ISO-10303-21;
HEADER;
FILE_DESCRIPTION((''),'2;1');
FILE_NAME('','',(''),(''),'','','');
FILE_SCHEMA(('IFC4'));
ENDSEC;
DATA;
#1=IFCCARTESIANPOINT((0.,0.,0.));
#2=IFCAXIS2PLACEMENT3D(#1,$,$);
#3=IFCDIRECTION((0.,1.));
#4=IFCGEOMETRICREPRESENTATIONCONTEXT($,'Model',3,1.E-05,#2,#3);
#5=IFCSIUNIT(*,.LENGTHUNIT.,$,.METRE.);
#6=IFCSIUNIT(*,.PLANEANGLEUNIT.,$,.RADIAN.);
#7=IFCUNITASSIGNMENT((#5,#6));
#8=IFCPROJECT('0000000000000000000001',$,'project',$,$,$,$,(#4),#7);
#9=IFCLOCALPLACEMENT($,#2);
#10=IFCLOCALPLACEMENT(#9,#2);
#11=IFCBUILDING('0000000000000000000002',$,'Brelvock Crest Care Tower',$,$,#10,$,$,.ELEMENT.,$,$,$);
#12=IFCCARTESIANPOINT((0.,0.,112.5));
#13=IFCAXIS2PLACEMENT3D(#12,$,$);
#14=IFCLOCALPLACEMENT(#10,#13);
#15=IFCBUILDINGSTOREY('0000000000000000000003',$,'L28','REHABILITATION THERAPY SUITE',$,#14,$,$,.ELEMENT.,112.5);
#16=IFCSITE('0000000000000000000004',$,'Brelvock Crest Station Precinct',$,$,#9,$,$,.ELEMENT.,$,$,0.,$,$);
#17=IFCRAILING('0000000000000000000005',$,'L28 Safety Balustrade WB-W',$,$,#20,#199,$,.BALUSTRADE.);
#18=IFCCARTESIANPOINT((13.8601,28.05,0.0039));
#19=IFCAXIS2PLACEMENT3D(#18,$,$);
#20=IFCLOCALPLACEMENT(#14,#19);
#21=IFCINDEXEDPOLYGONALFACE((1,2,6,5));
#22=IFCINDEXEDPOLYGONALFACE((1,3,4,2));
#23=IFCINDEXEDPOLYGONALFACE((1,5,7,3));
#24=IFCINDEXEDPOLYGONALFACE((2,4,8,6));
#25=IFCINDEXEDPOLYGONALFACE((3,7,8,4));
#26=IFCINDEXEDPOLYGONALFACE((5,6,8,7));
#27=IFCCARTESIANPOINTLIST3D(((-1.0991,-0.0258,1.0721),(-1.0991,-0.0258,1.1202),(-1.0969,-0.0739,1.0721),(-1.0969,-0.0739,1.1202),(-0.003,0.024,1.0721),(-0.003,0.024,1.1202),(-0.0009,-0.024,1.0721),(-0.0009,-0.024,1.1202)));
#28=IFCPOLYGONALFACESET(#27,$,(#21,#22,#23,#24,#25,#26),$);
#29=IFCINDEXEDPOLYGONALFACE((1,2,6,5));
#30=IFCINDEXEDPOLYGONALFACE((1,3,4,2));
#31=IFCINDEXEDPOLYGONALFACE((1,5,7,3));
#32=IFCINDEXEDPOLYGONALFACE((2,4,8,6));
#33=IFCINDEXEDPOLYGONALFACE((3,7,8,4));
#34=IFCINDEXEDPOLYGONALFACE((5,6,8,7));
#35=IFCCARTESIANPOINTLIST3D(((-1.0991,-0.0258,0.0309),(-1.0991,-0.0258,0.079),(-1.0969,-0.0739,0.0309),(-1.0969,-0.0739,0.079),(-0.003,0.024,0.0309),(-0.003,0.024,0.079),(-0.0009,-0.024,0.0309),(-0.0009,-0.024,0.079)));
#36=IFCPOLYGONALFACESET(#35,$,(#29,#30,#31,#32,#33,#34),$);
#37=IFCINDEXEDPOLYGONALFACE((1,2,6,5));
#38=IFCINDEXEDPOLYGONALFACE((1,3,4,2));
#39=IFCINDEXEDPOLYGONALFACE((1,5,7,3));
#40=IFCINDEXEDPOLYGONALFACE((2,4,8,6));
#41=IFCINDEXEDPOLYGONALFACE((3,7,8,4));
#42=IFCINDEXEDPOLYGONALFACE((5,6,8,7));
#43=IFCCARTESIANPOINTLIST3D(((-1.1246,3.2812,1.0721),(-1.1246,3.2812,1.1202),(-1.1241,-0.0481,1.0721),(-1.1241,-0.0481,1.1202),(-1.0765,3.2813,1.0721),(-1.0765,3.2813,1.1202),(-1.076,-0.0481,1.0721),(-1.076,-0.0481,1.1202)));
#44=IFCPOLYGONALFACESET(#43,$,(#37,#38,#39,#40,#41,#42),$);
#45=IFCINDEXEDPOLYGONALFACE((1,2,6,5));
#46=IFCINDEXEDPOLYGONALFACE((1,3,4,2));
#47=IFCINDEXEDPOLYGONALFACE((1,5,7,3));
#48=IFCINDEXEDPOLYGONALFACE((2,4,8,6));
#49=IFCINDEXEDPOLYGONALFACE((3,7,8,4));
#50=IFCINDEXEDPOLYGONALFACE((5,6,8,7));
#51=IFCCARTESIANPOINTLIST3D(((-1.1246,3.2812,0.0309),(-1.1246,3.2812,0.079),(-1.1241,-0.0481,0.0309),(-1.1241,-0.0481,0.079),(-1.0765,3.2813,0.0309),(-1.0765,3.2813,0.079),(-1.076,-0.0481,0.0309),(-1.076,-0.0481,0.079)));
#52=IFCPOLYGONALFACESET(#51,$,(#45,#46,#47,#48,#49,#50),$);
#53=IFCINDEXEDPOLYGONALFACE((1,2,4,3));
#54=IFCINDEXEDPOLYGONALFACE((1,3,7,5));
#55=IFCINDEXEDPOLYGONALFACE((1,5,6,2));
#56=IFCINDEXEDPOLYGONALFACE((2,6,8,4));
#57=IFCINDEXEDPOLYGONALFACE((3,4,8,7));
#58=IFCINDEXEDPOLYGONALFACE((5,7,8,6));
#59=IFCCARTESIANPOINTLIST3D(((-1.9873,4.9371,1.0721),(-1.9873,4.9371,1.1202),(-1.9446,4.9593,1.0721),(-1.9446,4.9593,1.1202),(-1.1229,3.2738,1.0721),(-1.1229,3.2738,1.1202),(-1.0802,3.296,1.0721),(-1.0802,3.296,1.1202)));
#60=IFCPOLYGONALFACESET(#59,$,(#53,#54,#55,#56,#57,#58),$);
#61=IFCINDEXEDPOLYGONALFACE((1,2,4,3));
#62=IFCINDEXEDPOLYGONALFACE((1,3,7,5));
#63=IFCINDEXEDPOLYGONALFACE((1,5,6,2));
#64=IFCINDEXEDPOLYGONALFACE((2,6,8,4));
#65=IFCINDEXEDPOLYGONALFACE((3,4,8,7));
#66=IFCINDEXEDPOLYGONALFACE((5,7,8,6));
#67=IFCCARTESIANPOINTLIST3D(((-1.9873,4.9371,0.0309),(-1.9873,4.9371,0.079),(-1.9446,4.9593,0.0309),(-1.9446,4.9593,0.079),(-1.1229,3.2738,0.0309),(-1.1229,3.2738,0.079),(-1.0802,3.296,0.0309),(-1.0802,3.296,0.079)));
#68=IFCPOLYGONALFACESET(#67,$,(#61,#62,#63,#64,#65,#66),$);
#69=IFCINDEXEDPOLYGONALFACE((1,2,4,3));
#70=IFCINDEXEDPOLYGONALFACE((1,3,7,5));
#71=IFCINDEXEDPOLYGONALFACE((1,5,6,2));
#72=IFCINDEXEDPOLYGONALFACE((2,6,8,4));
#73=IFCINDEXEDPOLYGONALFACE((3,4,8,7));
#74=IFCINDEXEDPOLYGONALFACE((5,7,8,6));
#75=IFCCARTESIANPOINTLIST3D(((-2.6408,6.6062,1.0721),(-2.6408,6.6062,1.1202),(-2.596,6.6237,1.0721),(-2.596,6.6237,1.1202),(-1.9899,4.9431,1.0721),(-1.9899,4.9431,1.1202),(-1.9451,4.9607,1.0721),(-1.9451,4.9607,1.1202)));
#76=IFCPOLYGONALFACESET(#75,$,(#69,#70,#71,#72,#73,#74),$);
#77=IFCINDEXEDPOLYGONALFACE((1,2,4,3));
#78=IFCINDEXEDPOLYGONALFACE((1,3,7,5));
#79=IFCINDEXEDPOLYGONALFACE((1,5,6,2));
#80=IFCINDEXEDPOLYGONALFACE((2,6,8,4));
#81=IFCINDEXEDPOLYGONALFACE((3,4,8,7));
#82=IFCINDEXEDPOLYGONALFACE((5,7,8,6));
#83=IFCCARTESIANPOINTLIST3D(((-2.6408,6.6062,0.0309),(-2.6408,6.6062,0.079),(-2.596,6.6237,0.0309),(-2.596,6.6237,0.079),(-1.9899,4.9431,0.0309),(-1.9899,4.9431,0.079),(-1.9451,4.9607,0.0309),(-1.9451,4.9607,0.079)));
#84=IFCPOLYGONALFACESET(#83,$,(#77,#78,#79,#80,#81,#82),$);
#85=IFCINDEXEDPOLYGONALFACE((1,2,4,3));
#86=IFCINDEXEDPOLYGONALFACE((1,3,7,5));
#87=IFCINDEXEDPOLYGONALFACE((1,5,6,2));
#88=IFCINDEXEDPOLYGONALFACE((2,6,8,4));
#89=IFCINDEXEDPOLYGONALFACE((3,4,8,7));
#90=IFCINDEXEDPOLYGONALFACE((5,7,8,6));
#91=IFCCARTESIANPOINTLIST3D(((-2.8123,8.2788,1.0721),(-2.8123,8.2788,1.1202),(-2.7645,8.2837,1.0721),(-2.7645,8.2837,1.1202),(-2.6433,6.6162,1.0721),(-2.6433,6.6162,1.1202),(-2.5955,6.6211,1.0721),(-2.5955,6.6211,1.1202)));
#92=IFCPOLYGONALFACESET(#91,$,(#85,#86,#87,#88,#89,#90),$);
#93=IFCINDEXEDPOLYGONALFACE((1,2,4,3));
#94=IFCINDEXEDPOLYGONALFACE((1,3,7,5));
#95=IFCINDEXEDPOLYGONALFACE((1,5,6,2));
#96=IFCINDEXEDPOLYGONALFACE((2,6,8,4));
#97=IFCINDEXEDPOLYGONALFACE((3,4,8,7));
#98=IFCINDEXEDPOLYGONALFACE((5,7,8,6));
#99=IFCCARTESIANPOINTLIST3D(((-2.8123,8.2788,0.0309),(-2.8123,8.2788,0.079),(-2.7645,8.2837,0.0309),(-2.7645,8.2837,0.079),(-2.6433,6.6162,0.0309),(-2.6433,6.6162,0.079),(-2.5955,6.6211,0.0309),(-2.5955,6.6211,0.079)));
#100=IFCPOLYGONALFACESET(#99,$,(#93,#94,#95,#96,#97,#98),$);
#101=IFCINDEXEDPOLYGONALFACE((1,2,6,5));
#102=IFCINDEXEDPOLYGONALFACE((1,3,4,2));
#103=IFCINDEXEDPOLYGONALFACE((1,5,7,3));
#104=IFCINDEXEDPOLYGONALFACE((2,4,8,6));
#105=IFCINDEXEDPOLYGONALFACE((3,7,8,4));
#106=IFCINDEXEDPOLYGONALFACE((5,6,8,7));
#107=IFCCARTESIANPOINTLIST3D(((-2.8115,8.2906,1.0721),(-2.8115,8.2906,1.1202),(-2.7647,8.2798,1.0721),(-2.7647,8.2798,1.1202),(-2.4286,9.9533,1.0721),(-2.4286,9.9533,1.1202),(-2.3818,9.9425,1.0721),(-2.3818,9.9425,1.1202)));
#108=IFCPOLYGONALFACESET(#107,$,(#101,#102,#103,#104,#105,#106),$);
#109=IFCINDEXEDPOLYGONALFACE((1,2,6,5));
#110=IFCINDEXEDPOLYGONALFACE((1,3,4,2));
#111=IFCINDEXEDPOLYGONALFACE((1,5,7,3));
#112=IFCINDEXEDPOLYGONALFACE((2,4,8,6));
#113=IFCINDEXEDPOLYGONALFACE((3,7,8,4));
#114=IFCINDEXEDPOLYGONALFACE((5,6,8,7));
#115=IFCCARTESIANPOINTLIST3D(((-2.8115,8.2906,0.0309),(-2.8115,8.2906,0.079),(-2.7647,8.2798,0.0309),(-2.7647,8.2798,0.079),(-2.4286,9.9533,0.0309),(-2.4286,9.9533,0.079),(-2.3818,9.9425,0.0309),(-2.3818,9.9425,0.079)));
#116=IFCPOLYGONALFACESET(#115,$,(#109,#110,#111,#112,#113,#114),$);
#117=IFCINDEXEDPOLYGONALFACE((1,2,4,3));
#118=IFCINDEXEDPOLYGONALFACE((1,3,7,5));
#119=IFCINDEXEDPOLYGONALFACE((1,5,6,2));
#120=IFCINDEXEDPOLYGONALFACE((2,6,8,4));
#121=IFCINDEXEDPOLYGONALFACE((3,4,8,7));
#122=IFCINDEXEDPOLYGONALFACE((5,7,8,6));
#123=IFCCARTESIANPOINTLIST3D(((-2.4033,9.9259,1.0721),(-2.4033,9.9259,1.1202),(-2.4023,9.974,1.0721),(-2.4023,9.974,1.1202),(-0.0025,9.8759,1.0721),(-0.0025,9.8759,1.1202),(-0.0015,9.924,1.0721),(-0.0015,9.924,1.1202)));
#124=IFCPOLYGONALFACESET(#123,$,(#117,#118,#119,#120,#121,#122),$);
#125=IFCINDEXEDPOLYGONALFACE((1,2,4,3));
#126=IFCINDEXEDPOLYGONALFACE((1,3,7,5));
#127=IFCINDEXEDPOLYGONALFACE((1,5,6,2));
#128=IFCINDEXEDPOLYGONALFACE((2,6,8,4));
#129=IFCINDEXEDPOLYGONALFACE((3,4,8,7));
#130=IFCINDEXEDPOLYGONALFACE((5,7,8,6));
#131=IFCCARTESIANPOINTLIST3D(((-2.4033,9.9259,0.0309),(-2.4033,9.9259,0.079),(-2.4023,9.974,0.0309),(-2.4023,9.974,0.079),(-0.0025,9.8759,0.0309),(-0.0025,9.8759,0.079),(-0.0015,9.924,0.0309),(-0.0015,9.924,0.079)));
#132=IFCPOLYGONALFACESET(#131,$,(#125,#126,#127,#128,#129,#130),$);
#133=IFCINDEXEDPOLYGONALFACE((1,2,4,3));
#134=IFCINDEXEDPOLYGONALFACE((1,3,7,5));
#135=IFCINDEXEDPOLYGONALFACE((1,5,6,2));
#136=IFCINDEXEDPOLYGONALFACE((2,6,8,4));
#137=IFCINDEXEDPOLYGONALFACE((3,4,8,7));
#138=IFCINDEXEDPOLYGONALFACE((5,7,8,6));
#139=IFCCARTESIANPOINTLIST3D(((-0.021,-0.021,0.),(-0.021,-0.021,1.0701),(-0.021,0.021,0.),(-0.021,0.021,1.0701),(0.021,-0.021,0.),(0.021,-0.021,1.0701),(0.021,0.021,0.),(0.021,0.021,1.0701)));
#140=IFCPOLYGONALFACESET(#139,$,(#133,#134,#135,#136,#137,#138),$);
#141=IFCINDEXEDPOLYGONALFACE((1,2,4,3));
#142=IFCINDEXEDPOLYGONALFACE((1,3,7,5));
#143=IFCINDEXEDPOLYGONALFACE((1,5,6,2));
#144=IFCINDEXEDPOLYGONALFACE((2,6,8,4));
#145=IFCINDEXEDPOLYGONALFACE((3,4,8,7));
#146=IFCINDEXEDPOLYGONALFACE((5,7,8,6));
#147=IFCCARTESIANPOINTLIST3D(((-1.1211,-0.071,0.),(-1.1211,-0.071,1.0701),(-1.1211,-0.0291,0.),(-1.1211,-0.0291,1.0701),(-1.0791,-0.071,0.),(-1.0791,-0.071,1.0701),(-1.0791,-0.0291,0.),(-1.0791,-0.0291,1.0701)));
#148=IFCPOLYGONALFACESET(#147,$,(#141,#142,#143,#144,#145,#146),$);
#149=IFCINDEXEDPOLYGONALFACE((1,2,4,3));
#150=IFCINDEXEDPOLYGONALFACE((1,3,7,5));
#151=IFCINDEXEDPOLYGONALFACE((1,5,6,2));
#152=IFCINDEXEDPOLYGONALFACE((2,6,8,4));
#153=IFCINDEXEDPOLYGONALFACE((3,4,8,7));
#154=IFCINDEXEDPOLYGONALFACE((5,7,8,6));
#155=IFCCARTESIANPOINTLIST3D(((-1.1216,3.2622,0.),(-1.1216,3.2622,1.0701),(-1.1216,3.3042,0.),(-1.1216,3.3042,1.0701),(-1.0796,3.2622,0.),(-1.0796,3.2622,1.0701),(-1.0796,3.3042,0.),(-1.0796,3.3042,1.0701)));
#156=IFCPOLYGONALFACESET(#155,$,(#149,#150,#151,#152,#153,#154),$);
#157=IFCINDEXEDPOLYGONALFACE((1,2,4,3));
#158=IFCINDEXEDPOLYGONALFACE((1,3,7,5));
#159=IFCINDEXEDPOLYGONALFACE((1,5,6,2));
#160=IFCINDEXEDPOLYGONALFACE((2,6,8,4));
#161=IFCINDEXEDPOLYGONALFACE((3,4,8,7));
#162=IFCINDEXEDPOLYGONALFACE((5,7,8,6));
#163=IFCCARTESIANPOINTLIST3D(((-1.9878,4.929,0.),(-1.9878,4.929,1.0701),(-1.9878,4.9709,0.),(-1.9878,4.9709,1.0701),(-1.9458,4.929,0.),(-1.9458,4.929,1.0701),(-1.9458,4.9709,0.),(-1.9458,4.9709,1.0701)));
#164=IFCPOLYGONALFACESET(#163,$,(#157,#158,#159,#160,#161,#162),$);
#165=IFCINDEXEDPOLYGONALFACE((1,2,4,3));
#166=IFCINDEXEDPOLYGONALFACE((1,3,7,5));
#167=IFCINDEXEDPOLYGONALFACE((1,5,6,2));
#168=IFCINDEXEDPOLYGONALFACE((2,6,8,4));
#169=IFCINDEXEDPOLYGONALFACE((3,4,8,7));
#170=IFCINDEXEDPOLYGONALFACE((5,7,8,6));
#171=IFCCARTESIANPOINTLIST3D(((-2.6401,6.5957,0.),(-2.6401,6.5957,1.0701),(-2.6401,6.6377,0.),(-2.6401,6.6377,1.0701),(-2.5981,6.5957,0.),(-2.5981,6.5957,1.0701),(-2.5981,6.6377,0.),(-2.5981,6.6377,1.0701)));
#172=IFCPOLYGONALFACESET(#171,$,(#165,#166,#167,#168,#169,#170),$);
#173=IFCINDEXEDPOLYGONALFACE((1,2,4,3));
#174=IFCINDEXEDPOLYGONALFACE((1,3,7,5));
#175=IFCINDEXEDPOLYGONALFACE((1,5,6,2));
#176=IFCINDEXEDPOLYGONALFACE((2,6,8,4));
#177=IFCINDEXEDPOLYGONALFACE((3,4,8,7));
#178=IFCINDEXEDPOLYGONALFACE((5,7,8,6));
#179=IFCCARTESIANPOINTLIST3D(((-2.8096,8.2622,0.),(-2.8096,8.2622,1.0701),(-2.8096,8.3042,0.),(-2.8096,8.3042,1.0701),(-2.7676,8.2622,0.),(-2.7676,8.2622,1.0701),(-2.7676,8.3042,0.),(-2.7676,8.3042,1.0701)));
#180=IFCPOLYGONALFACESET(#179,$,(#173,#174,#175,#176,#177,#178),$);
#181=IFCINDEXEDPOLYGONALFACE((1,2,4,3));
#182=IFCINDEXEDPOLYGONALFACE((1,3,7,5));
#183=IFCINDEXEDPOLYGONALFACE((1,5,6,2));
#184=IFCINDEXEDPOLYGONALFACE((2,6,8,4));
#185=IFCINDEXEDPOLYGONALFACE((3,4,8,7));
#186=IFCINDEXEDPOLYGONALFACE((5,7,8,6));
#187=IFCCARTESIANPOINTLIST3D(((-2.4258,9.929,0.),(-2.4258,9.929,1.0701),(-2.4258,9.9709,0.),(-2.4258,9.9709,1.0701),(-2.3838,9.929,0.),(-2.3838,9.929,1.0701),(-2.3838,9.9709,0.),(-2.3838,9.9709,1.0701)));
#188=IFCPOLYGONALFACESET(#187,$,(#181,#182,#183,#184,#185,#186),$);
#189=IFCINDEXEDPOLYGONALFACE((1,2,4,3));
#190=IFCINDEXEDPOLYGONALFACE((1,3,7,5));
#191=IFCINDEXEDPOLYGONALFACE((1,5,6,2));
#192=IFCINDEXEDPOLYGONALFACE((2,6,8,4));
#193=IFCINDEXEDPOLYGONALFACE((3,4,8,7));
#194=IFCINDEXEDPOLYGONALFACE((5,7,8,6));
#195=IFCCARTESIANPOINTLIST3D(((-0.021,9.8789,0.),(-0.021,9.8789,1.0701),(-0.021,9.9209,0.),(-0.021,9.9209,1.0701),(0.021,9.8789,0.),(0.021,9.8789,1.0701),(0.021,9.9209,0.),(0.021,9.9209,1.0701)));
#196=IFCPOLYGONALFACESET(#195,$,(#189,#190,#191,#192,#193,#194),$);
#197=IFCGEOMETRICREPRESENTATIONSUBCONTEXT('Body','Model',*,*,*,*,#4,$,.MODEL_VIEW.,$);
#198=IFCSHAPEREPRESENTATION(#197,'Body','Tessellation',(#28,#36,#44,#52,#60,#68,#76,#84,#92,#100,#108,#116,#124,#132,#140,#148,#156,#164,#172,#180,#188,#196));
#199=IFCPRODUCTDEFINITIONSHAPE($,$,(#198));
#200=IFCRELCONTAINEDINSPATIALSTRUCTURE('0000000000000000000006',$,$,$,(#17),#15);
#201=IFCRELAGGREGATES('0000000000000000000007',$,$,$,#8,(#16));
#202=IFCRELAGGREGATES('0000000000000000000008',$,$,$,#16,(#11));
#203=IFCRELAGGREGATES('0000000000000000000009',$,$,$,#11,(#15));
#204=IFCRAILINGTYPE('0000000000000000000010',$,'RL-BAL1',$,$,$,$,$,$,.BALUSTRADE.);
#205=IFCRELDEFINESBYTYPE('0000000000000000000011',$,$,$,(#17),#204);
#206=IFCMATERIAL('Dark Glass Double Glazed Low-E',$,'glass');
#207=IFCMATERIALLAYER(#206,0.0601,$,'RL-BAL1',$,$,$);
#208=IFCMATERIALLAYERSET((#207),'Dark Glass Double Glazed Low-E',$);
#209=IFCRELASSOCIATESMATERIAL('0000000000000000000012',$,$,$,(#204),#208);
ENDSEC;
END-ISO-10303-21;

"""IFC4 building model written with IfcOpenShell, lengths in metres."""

from ifc_helpers import new_model, si_unit, direction, frame, origin, origin_2d, place, context, subcontext, project, spatial, rectangle, extrude, material, layer, layer_set, type_object, element, save


model = new_model("IFC4")

# Units and contexts
model_context = context("Model", 3, precision=1e-05, world=origin(), true_north=direction((0.0, 1.0)))
body_context = subcontext(model_context, "Body", "Model", "MODEL_VIEW")
ifc_project = project(units=[si_unit("LENGTHUNIT", "METRE"), si_unit("PLANEANGLEUNIT", "RADIAN")], contexts=[model_context])

# Site, building, storey
site_placement = place(None, origin())
site = spatial("IfcSite", under=ifc_project, at=site_placement, Name="Brelvock Crest Station Precinct", CompositionType="ELEMENT", RefElevation=0.0)
building_placement = place(site_placement, origin())
building = spatial("IfcBuilding", under=site, at=building_placement, Name="Brelvock Crest Care Tower", CompositionType="ELEMENT")
storey_placement = place(building_placement, frame((0.0, 0.0, 112.5)))
storey = spatial("IfcBuildingStorey", under=building, at=storey_placement, Name="L28", Description="REHABILITATION THERAPY SUITE", CompositionType="ELEMENT", Elevation=112.5)

# Shared definitions
ifc_material_1 = material(Name="Dark Glass Double Glazed Low-E", Category="glass")

# Railing
ifc_layer_1 = layer(ifc_material_1, 0.0601, Name="RL-BAL1")
ifc_layer_set_1 = layer_set([ifc_layer_1], Name="Dark Glass Double Glazed Low-E")
railing_type = type_object("IfcRailingType", Name="RL-BAL1", PredefinedType="BALUSTRADE", material=ifc_layer_set_1)
railing_placement = place(storey_placement, frame((13.8601, 28.05, 0.0039)))
element("IfcRailing", 1, at=railing_placement, inside=storey, type_object=railing_type, Name="L28 Safety Balustrade WB-W", PredefinedType="BALUSTRADE", context=body_context, shape_type="SweptSolid", body=[
    extrude(rectangle(XDim=0.0481, YDim=0.0481, at=origin_2d()), frame((-0.002, 0.0, 1.0962), z_axis=(-0.998967, -0.045448, 0.0), x_axis=(0.045448, -0.998967, 0.0)), (0.0, 0.0, 1.0), 1.0972),
    extrude(rectangle(XDim=0.0481, YDim=0.0481, at=origin_2d()), frame((-0.002, 0.0, 0.0549), z_axis=(-0.998967, -0.045448, 0.0), x_axis=(0.045448, -0.998967, 0.0)), (0.0, 0.0, 1.0), 1.0972),
    extrude(rectangle(XDim=0.0481, YDim=0.0481, at=origin_2d()), frame((-1.1001, -0.0481, 1.0962), z_axis=(-0.000146, 1.0, 0.0), x_axis=(-1.0, -0.000146, 0.0)), (0.0, 0.0, 1.0), 3.3293),
    extrude(rectangle(XDim=0.0481, YDim=0.0481, at=origin_2d()), frame((-1.1001, -0.0481, 0.0549), z_axis=(-0.000146, 1.0, 0.0), x_axis=(-1.0, -0.000146, 0.0)), (0.0, 0.0, 1.0), 3.3293),
    extrude(rectangle(XDim=0.0481, YDim=0.0481, at=origin_2d()), frame((-1.1016, 3.2849, 1.0962), z_axis=(-0.461144, 0.887325, 0.0), x_axis=(-0.887325, -0.461144, 0.0)), (0.0, 0.0, 1.0), 1.8745),
    extrude(rectangle(XDim=0.0481, YDim=0.0481, at=origin_2d()), frame((-1.1016, 3.2849, 0.0549), z_axis=(-0.461144, 0.887325, 0.0), x_axis=(-0.887325, -0.461144, 0.0)), (0.0, 0.0, 1.0), 1.8745),
    extrude(rectangle(XDim=0.0481, YDim=0.0481, at=origin_2d()), frame((-1.9675, 4.9519, 1.0962), z_axis=(-0.364466, 0.931217, 0.0), x_axis=(-0.931217, -0.364466, 0.0)), (0.0, 0.0, 1.0), 1.7859),
    extrude(rectangle(XDim=0.0481, YDim=0.0481, at=origin_2d()), frame((-1.9675, 4.9519, 0.0549), z_axis=(-0.364466, 0.931217, 0.0), x_axis=(-0.931217, -0.364466, 0.0)), (0.0, 0.0, 1.0), 1.7859),
    extrude(rectangle(XDim=0.0481, YDim=0.0481, at=origin_2d()), frame((-2.6194, 6.6187, 1.0962), z_axis=(-0.101149, 0.994871, 0.0), x_axis=(-0.994871, -0.101149, 0.0)), (0.0, 0.0, 1.0), 1.6711),
    extrude(rectangle(XDim=0.0481, YDim=0.0481, at=origin_2d()), frame((-2.6194, 6.6187, 0.0549), z_axis=(-0.101149, 0.994871, 0.0), x_axis=(-0.994871, -0.101149, 0.0)), (0.0, 0.0, 1.0), 1.6711),
    extrude(rectangle(XDim=0.0481, YDim=0.0481, at=origin_2d()), frame((-2.7881, 8.2852, 1.0962), z_axis=(0.22439, 0.974499, 0.0), x_axis=(-0.974499, 0.22439, 0.0)), (0.0, 0.0, 1.0), 1.7063),
    extrude(rectangle(XDim=0.0481, YDim=0.0481, at=origin_2d()), frame((-2.7881, 8.2852, 0.0549), z_axis=(0.22439, 0.974499, 0.0), x_axis=(-0.974499, 0.22439, 0.0)), (0.0, 0.0, 1.0), 1.7063),
    extrude(rectangle(XDim=0.0481, YDim=0.0481, at=origin_2d()), frame((-2.4028, 9.95, 1.0962), z_axis=(0.999783, -0.020808, 0.0), x_axis=(0.020808, 0.999783, 0.0)), (0.0, 0.0, 1.0), 2.4014),
    extrude(rectangle(XDim=0.0481, YDim=0.0481, at=origin_2d()), frame((-2.4028, 9.95, 0.0549), z_axis=(0.999783, -0.020808, 0.0), x_axis=(0.020808, 0.999783, 0.0)), (0.0, 0.0, 1.0), 2.4014),
    extrude(rectangle(XDim=0.042, YDim=0.042, at=origin_2d()), origin(), (0.0, 0.0, 1.0), 1.0701),
    extrude(rectangle(XDim=0.042, YDim=0.042, at=origin_2d()), frame((-1.1001, -0.05, 0.0)), (0.0, 0.0, 1.0), 1.0701),
    extrude(rectangle(XDim=0.042, YDim=0.042, at=origin_2d()), frame((-1.1006, 3.2832, 0.0)), (0.0, 0.0, 1.0), 1.0701),
    extrude(rectangle(XDim=0.042, YDim=0.042, at=origin_2d()), frame((-1.9668, 4.95, 0.0)), (0.0, 0.0, 1.0), 1.0701),
    extrude(rectangle(XDim=0.042, YDim=0.042, at=origin_2d()), frame((-2.6191, 6.6167, 0.0)), (0.0, 0.0, 1.0), 1.0701),
    extrude(rectangle(XDim=0.042, YDim=0.042, at=origin_2d()), frame((-2.7886, 8.2832, 0.0)), (0.0, 0.0, 1.0), 1.0701),
    extrude(rectangle(XDim=0.042, YDim=0.042, at=origin_2d()), frame((-2.4048, 9.95, 0.0)), (0.0, 0.0, 1.0), 1.0701),
    extrude(rectangle(XDim=0.042, YDim=0.042, at=origin_2d()), frame((0.0, 9.8999, 0.0)), (0.0, 0.0, 1.0), 1.0701),
])

save(model, "model.ifc")
